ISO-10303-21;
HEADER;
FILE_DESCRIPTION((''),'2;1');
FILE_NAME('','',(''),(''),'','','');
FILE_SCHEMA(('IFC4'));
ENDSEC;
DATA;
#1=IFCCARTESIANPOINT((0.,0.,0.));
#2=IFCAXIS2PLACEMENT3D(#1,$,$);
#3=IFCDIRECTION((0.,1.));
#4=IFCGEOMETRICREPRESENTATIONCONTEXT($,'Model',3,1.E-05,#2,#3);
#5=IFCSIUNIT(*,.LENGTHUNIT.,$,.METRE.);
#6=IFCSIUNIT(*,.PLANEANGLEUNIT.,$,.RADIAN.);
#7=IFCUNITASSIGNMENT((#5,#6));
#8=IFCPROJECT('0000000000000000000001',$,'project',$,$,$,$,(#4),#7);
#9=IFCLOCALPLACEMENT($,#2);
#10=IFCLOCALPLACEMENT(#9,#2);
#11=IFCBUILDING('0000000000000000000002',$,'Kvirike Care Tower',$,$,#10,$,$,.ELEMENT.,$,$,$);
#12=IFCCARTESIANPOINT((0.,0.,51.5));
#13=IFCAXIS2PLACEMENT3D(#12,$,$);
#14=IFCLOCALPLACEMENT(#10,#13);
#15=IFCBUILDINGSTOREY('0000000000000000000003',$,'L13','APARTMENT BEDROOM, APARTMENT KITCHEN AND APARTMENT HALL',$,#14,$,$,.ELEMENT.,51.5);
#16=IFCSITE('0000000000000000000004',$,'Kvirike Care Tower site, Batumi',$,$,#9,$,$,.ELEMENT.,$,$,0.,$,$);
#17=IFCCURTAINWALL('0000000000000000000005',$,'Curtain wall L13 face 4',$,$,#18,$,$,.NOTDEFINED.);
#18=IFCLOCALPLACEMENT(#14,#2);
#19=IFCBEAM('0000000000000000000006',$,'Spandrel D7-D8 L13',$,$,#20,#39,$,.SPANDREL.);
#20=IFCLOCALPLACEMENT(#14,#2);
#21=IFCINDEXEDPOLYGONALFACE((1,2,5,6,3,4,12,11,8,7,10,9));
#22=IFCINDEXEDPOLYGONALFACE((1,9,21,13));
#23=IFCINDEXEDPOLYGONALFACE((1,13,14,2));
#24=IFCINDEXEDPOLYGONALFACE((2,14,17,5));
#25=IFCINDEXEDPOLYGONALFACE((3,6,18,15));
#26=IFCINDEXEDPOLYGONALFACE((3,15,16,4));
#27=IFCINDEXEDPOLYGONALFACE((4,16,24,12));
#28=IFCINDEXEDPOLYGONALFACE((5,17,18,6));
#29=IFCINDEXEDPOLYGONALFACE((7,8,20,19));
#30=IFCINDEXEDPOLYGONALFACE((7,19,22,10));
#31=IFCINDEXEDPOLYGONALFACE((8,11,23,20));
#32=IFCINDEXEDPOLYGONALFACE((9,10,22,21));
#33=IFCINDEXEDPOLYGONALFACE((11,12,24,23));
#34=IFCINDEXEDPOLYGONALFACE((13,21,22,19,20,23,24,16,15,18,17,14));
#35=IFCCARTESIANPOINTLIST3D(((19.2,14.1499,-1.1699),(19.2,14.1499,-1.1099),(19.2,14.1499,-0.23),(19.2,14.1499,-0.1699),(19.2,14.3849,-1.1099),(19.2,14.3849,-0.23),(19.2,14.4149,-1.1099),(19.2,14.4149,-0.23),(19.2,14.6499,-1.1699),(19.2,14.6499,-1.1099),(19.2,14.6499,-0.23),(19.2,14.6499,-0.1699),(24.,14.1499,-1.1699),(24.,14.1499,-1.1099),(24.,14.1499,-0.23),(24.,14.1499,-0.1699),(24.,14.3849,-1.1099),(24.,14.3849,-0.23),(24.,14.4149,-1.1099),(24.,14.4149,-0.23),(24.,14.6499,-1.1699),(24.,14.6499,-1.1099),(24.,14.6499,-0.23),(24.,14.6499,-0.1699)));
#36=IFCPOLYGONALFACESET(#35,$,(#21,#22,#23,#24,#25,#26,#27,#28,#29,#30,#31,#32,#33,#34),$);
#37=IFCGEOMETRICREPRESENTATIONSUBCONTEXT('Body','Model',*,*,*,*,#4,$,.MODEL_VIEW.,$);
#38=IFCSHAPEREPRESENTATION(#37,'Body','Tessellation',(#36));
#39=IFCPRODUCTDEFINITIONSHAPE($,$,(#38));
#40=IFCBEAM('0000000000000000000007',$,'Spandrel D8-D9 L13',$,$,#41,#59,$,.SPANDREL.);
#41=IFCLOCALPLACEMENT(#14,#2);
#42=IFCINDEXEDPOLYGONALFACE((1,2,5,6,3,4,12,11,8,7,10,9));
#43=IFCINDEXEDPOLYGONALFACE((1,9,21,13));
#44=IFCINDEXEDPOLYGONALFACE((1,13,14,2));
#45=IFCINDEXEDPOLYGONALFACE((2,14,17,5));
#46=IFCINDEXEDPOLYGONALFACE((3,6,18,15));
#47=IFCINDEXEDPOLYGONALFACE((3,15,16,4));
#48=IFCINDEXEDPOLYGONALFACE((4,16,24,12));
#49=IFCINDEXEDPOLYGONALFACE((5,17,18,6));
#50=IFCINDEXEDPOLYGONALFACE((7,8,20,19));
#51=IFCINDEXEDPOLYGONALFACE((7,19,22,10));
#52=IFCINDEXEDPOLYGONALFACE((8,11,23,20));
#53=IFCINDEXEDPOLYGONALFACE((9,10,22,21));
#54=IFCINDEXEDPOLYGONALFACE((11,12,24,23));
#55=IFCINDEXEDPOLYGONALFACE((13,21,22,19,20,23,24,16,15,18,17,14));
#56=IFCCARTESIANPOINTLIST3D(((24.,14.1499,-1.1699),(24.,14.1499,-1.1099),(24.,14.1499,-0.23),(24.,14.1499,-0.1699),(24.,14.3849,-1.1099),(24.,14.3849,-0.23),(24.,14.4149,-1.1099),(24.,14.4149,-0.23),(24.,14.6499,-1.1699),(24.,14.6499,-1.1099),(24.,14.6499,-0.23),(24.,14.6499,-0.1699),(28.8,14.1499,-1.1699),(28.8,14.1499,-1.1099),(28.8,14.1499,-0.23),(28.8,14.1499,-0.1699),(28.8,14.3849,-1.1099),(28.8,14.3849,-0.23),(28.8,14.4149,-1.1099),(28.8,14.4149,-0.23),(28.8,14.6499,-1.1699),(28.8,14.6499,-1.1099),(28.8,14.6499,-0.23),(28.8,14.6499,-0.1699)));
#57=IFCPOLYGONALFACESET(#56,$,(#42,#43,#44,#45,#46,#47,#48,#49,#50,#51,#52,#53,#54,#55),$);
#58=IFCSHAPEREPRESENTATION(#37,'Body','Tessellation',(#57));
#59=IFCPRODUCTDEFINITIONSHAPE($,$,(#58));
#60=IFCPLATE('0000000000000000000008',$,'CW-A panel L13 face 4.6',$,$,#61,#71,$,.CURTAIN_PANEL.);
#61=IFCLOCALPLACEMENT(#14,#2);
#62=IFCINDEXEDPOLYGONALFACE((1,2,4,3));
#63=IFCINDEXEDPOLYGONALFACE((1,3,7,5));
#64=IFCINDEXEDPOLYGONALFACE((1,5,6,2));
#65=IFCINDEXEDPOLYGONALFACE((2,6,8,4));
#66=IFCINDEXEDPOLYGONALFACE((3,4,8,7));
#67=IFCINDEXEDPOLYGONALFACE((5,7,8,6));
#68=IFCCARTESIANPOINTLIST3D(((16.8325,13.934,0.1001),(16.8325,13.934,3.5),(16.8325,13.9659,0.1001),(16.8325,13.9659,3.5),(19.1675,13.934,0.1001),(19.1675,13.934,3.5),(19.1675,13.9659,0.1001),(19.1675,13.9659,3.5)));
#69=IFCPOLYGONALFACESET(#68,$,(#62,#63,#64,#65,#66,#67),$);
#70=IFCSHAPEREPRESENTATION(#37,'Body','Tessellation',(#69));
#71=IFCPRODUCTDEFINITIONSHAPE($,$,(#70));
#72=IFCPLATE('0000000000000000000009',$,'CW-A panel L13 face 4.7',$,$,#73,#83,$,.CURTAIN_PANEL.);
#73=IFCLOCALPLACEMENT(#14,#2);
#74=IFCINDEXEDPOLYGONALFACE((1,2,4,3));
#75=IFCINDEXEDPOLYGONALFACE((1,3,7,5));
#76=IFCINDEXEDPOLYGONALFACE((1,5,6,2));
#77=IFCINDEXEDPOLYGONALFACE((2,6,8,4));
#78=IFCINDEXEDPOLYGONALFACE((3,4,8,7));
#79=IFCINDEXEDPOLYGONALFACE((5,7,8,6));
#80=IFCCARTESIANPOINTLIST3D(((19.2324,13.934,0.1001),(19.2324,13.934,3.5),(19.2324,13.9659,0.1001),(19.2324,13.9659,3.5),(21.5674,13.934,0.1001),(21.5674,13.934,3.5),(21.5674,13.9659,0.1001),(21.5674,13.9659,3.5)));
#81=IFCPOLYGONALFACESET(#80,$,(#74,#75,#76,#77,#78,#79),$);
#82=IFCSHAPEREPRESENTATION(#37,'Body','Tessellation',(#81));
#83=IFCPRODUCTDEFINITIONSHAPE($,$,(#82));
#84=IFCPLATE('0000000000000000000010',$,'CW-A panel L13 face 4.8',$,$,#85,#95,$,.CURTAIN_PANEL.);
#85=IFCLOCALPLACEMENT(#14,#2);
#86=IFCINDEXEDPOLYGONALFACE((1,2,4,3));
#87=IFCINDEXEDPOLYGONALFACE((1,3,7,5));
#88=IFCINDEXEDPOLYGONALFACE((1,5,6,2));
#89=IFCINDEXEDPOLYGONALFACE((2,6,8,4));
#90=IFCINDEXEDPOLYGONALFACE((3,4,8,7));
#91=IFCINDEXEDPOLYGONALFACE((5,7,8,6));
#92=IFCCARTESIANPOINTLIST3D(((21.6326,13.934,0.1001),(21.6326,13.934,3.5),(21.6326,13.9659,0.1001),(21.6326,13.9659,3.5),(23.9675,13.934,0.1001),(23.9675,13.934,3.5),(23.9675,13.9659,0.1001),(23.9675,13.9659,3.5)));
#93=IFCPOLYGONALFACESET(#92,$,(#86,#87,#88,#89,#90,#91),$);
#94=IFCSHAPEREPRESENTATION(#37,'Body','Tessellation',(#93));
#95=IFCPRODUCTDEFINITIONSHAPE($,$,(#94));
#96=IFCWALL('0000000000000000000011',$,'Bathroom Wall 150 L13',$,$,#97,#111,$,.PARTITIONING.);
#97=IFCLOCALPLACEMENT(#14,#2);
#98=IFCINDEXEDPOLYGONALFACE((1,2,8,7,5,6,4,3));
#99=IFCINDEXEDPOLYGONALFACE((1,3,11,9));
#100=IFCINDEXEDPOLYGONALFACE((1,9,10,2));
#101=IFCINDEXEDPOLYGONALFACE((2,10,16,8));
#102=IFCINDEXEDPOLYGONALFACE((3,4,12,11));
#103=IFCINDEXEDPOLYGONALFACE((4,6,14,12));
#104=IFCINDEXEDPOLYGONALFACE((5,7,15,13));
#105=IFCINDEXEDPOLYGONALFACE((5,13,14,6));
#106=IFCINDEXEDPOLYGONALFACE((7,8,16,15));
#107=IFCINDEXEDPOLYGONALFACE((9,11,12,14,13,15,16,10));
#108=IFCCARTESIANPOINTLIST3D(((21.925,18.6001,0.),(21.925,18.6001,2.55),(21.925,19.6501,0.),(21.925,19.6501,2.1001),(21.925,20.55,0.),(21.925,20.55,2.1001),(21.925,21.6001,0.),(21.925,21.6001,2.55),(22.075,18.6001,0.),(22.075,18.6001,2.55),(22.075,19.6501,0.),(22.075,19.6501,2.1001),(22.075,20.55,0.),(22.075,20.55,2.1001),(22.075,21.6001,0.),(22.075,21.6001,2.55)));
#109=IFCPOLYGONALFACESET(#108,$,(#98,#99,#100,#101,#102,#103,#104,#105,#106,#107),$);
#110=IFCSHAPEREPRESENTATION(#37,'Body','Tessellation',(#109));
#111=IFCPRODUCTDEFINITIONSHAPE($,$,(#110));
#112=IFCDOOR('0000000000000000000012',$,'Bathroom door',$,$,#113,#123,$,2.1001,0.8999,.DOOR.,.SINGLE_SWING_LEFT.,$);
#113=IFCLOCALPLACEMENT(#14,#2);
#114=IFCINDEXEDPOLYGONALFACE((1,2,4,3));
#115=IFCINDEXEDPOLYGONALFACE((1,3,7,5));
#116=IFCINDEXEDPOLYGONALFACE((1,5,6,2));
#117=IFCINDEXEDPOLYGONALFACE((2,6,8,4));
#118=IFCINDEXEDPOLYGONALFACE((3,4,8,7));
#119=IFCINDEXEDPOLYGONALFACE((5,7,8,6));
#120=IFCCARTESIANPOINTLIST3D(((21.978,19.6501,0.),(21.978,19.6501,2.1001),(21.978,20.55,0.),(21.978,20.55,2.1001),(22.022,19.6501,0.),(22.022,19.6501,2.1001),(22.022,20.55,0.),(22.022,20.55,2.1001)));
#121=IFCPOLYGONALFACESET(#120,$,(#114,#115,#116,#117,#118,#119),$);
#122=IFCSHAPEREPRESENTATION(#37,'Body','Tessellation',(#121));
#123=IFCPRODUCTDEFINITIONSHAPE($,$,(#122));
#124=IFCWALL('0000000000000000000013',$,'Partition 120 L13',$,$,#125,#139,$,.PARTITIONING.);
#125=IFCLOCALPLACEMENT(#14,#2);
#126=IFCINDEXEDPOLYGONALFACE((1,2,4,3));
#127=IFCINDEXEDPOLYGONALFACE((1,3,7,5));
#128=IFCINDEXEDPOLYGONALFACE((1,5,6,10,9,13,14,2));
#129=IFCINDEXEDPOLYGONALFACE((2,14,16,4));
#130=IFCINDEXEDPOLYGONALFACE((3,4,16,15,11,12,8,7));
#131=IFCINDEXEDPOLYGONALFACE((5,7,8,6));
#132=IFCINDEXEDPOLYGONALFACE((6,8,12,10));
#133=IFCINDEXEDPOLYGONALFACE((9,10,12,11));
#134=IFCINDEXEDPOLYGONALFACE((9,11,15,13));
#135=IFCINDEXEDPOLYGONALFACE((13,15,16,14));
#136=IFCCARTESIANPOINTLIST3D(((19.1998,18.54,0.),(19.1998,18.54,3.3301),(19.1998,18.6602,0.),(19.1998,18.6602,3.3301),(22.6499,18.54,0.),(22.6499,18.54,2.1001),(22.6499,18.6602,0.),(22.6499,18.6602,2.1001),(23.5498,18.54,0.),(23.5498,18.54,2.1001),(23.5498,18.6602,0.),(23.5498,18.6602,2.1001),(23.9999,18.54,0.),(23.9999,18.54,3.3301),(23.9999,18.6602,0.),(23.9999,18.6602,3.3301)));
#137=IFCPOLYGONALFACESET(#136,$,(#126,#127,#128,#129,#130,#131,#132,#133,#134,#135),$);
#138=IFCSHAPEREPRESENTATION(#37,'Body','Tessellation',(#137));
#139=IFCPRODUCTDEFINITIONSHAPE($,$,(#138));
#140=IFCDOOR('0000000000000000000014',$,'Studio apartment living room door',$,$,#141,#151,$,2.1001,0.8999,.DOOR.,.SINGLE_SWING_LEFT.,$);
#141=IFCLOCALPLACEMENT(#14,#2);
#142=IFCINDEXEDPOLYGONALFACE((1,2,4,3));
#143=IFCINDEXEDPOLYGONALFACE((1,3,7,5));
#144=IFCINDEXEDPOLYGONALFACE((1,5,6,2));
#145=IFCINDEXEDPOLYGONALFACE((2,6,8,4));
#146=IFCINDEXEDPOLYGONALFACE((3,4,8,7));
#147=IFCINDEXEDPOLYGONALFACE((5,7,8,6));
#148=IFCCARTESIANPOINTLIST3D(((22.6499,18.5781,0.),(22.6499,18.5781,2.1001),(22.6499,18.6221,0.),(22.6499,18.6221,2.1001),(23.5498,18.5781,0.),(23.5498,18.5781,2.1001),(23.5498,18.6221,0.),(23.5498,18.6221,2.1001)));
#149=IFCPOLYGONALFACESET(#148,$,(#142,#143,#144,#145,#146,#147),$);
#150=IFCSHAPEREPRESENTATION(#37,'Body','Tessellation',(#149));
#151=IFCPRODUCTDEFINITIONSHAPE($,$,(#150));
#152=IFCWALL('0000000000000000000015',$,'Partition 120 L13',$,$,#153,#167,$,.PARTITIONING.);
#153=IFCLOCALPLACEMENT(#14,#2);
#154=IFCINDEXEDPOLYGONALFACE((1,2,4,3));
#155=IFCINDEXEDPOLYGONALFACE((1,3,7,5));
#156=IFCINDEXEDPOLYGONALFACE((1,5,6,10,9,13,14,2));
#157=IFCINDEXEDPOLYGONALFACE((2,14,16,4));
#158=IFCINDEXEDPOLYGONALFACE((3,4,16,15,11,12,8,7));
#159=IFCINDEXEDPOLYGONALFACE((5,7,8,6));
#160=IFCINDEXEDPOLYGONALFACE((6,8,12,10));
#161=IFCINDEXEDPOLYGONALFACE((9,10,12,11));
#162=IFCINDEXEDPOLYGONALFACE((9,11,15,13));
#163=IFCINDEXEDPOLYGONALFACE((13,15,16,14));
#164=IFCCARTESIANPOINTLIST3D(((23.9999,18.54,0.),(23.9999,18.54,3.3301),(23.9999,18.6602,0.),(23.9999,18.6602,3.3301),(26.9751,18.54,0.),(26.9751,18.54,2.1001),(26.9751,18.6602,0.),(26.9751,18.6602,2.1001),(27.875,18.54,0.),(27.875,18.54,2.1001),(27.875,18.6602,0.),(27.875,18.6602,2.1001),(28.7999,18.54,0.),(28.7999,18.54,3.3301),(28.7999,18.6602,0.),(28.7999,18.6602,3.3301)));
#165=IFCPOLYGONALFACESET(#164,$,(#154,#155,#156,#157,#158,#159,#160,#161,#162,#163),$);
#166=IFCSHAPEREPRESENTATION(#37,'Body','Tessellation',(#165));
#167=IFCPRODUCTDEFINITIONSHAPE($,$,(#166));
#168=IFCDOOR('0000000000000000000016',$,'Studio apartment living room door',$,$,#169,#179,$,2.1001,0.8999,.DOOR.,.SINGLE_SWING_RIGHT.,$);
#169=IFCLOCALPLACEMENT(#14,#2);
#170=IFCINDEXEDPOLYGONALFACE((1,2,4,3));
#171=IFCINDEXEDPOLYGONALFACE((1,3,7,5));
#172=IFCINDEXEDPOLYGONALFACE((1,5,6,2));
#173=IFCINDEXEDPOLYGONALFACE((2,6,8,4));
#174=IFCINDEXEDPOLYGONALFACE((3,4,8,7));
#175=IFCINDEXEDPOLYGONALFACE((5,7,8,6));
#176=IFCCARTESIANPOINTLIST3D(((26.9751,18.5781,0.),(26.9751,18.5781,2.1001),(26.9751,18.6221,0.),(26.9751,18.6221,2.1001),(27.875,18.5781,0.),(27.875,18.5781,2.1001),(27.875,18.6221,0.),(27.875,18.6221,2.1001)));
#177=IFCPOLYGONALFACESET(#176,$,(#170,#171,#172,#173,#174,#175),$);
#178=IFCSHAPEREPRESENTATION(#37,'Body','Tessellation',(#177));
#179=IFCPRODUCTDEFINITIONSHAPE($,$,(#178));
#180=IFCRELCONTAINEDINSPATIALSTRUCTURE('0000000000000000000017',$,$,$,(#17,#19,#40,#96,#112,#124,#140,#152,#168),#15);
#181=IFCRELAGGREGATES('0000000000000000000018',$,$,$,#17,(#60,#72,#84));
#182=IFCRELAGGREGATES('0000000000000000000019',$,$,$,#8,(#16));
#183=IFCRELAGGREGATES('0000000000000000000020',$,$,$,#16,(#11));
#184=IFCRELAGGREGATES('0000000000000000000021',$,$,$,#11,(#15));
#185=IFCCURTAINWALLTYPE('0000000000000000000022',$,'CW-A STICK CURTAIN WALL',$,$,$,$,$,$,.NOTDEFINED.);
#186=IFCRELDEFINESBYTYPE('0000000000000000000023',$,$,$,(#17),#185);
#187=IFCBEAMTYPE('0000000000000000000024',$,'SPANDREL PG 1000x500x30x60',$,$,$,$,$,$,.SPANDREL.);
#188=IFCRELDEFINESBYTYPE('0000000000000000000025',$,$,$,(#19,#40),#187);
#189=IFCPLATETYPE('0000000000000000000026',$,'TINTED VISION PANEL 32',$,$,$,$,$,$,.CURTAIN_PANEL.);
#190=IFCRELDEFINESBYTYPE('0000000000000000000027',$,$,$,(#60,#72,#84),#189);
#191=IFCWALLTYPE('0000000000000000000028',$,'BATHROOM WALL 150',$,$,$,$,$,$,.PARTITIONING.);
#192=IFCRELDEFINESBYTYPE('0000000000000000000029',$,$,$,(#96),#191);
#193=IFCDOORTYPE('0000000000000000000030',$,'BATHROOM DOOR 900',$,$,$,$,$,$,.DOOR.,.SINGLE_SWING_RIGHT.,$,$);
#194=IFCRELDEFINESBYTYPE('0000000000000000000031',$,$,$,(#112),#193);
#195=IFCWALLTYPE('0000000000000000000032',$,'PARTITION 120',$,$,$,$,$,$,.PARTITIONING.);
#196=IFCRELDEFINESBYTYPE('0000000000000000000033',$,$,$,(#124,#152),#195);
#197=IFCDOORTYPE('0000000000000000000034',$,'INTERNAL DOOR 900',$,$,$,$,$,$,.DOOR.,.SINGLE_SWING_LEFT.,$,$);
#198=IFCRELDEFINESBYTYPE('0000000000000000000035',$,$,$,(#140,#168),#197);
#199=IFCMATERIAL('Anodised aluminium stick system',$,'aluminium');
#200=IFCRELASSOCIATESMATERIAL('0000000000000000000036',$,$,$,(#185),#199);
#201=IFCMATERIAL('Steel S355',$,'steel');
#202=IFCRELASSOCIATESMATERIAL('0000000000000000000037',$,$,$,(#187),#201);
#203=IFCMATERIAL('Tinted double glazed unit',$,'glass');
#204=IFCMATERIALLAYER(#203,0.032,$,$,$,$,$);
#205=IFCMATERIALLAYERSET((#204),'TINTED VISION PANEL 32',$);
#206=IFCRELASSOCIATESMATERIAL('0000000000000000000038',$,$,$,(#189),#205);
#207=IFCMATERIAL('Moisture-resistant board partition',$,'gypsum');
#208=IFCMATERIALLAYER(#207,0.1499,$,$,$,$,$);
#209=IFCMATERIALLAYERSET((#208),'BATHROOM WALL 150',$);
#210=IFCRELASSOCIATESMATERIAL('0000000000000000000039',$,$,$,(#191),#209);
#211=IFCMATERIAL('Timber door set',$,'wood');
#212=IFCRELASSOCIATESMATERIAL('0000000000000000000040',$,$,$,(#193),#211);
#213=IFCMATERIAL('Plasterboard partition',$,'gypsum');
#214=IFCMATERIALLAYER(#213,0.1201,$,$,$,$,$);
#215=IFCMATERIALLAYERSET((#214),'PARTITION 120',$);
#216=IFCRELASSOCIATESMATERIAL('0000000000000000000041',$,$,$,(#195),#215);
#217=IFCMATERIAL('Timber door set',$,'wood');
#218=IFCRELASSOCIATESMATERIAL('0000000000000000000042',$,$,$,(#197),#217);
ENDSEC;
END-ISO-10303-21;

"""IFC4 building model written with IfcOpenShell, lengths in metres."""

from ifc_helpers import new_model, si_unit, direction, frame, frame_2d, origin, origin_2d, place, context, subcontext, project, spatial, rectangle, i_section, extrude, material, layer, layer_set, material_profile, profile_set, type_object, element, fill, aggregate, save


model = new_model("IFC4")

# Units and contexts
model_context = context("Model", 3, precision=1e-05, world=origin(), true_north=direction((0.0, 1.0)))
body_context = subcontext(model_context, "Body", "Model", "MODEL_VIEW")
ifc_project = project(units=[si_unit("LENGTHUNIT", "METRE"), si_unit("PLANEANGLEUNIT", "RADIAN")], contexts=[model_context])

# Site, building, storey
site_placement = place(None, origin())
site = spatial("IfcSite", under=ifc_project, at=site_placement, Name="Kvirike Care Tower site, Batumi", CompositionType="ELEMENT", RefElevation=0.0)
building_placement = place(site_placement, origin())
building = spatial("IfcBuilding", under=site, at=building_placement, Name="Kvirike Care Tower", CompositionType="ELEMENT")
storey_placement = place(building_placement, frame((0.0, 0.0, 51.5)))
storey = spatial("IfcBuildingStorey", under=building, at=storey_placement, Name="L13", Description="APARTMENT BEDROOM, APARTMENT KITCHEN AND APARTMENT HALL", CompositionType="ELEMENT", Elevation=51.5)

# Curtain wall
ifc_material_1 = material(Name="Anodised aluminium stick system", Category="aluminium")
curtain_wall_type = type_object("IfcCurtainWallType", Name="CW-A STICK CURTAIN WALL", PredefinedType="NOTDEFINED", material=ifc_material_1)
curtain_wall_placement = place(storey_placement, origin())
curtain_wall = element("IfcCurtainWall", 1, at=curtain_wall_placement, inside=storey, type_object=curtain_wall_type, Name="Curtain wall L13 face 4", PredefinedType="NOTDEFINED")

# Beams
ifc_material_2 = material(Name="Steel S355", Category="steel")
ifc_material_profile_1 = material_profile(ifc_material_2, i_section(OverallWidth=0.5, OverallDepth=1.0, WebThickness=0.03, FlangeThickness=0.0601, at=origin_2d()), Name="PG 1000x500x30x60")
ifc_profile_set_1 = profile_set([ifc_material_profile_1], Name="Steel S355")
beam_type_1 = type_object("IfcBeamType", Name="SPANDREL PG 1000x500x30x60", PredefinedType="SPANDREL", material=ifc_profile_set_1)
for number, where, z_axis, x_axis, name in (
    (2, (19.2, 14.3999, -0.6699), (1.0, 0.0, 0.0), (0.0, 1.0, 0.0), "Spandrel D7-D8 L13"),
    (3, (24.0, 14.3999, -0.6699), (1.0, 0.0, 0.0), (0.0, 1.0, 0.0), "Spandrel D8-D9 L13"),
):
    element("IfcBeam", number, at=place(storey_placement, frame(where, z_axis=z_axis, x_axis=x_axis)), inside=storey, type_object=beam_type_1, Name=name, PredefinedType="SPANDREL", context=body_context, shape_type="SweptSolid", body=[
        extrude(i_section(OverallWidth=0.5, OverallDepth=1.0, WebThickness=0.03, FlangeThickness=0.0601, at=origin_2d()), origin(), (0.0, 0.0, 1.0), 4.8),
    ])

# Plates
ifc_material_3 = material(Name="Tinted double glazed unit", Category="glass")
ifc_layer_1 = layer(ifc_material_3, 0.032)
ifc_layer_set_1 = layer_set([ifc_layer_1], Name="TINTED VISION PANEL 32")
plate_type = type_object("IfcPlateType", Name="TINTED VISION PANEL 32", PredefinedType="CURTAIN_PANEL", material=ifc_layer_set_1)
plate_1_placement = place(storey_placement, frame((18.0, 13.95, 0.1001), z_axis=(0.0, 0.0, 1.0), x_axis=(1.0, 0.0, 0.0)))
plate_1 = element("IfcPlate", 4, at=plate_1_placement, type_object=plate_type, Name="CW-A panel L13 face 4.6", PredefinedType="CURTAIN_PANEL", context=body_context, shape_type="SweptSolid", body=[
    extrude(rectangle(XDim=2.335, YDim=0.032, at=origin_2d()), origin(), (0.0, 0.0, 1.0), 3.3999),
])
plate_2_placement = place(storey_placement, frame((20.3999, 13.95, 0.1001), z_axis=(0.0, 0.0, 1.0), x_axis=(1.0, 0.0, 0.0)))
plate_2 = element("IfcPlate", 5, at=plate_2_placement, type_object=plate_type, Name="CW-A panel L13 face 4.7", PredefinedType="CURTAIN_PANEL", context=body_context, shape_type="SweptSolid", body=[
    extrude(rectangle(XDim=2.335, YDim=0.032, at=origin_2d()), origin(), (0.0, 0.0, 1.0), 3.3999),
])
plate_3_placement = place(storey_placement, frame((22.8, 13.95, 0.1001), z_axis=(0.0, 0.0, 1.0), x_axis=(1.0, 0.0, 0.0)))
plate_3 = element("IfcPlate", 6, at=plate_3_placement, type_object=plate_type, Name="CW-A panel L13 face 4.8", PredefinedType="CURTAIN_PANEL", context=body_context, shape_type="SweptSolid", body=[
    extrude(rectangle(XDim=2.335, YDim=0.032, at=origin_2d()), origin(), (0.0, 0.0, 1.0), 3.3999),
])
aggregate(curtain_wall, [plate_1, plate_2, plate_3])

# Walls, openings, doors
ifc_material_4 = material(Name="Moisture-resistant board partition", Category="gypsum")
ifc_layer_2 = layer(ifc_material_4, 0.1499)
ifc_layer_set_2 = layer_set([ifc_layer_2], Name="BATHROOM WALL 150")
wall_type_1 = type_object("IfcWallType", Name="BATHROOM WALL 150", PredefinedType="PARTITIONING", material=ifc_layer_set_2)
wall_1_placement = place(storey_placement, frame((22.0, 18.6001, 0.0), z_axis=(0.0, 0.0, 1.0), x_axis=(0.0, 1.0, 0.0)))
wall_1 = element("IfcWall", 7, at=wall_1_placement, inside=storey, type_object=wall_type_1, Name="Bathroom Wall 150 L13", PredefinedType="PARTITIONING", context=body_context, shape_type="SweptSolid", body=[
    extrude(rectangle(XDim=3.0, YDim=0.1499, at=frame_2d((1.5, 0.0))), origin(), (0.0, 0.0, 1.0), 2.55),
])
opening_1_placement = place(wall_1_placement, frame((1.05, 0.0, 0.0)))
opening_1 = element("IfcOpeningElement", 8, at=opening_1_placement, cuts=wall_1, PredefinedType="OPENING", context=body_context, shape_type="SweptSolid", body=[
    extrude(rectangle(XDim=0.8999, YDim=2.1001, at=frame_2d((0.45, 1.05))), frame((0.0, 0.0854, 0.0), z_axis=(0.0, -1.0, 0.0), x_axis=(1.0, 0.0, 0.0)), (0.0, 0.0, 1.0), 0.1709),
])
ifc_material_5 = material(Name="Timber door set", Category="wood")
door_type_1 = type_object("IfcDoorType", Name="BATHROOM DOOR 900", OperationType="SINGLE_SWING_RIGHT", PredefinedType="DOOR", material=ifc_material_5)
door_1_placement = place(opening_1_placement, origin())
door_1 = element("IfcDoor", 9, at=door_1_placement, inside=storey, type_object=door_type_1, Name="Bathroom door", OperationType="SINGLE_SWING_LEFT", OverallHeight=2.1001, OverallWidth=0.8999, PredefinedType="DOOR", context=body_context, shape_type="SweptSolid", body=[
    extrude(rectangle(XDim=0.8999, YDim=2.1001, at=frame_2d((0.45, 1.05))), frame((0.0, 0.022, 0.0), z_axis=(0.0, -1.0, 0.0), x_axis=(1.0, 0.0, 0.0)), (0.0, 0.0, 1.0), 0.0439),
])
fill(opening_1, door_1)
ifc_material_6 = material(Name="Plasterboard partition", Category="gypsum")
ifc_layer_3 = layer(ifc_material_6, 0.1201)
ifc_layer_set_3 = layer_set([ifc_layer_3], Name="PARTITION 120")
wall_type_2 = type_object("IfcWallType", Name="PARTITION 120", PredefinedType="PARTITIONING", material=ifc_layer_set_3)
wall_2_placement = place(storey_placement, frame((19.2, 18.6001, 0.0), z_axis=(0.0, 0.0, 1.0), x_axis=(1.0, 0.0, 0.0)))
wall_2 = element("IfcWall", 10, at=wall_2_placement, inside=storey, type_object=wall_type_2, Name="Partition 120 L13", PredefinedType="PARTITIONING", context=body_context, shape_type="SweptSolid", body=[
    extrude(rectangle(XDim=4.8, YDim=0.1201, at=frame_2d((2.3999, 0.0))), origin(), (0.0, 0.0, 1.0), 3.3301),
])
opening_2_placement = place(wall_2_placement, frame((3.45, 0.0, 0.0)))
opening_2 = element("IfcOpeningElement", 11, at=opening_2_placement, cuts=wall_2, PredefinedType="OPENING", context=body_context, shape_type="SweptSolid", body=[
    extrude(rectangle(XDim=0.8999, YDim=2.1001, at=frame_2d((0.45, 1.05))), frame((0.0, 0.0706, 0.0), z_axis=(0.0, -1.0, 0.0), x_axis=(1.0, 0.0, 0.0)), (0.0, 0.0, 1.0), 0.1411),
])
ifc_material_7 = material(Name="Timber door set", Category="wood")
door_type_2 = type_object("IfcDoorType", Name="INTERNAL DOOR 900", OperationType="SINGLE_SWING_LEFT", PredefinedType="DOOR", material=ifc_material_7)
door_2_placement = place(opening_2_placement, frame((0.8999, 0.0, 0.0), z_axis=(0.0, 0.0, 1.0), x_axis=(-1.0, 0.0, 0.0)))
door_2 = element("IfcDoor", 12, at=door_2_placement, inside=storey, type_object=door_type_2, Name="Studio apartment living room door", OperationType="SINGLE_SWING_LEFT", OverallHeight=2.1001, OverallWidth=0.8999, PredefinedType="DOOR", context=body_context, shape_type="SweptSolid", body=[
    extrude(rectangle(XDim=0.8999, YDim=2.1001, at=frame_2d((0.45, 1.05))), frame((0.0, 0.022, 0.0), z_axis=(0.0, -1.0, 0.0), x_axis=(1.0, 0.0, 0.0)), (0.0, 0.0, 1.0), 0.0439),
])
fill(opening_2, door_2)
wall_3_placement = place(storey_placement, frame((24.0, 18.6001, 0.0), z_axis=(0.0, 0.0, 1.0), x_axis=(1.0, 0.0, 0.0)))
wall_3 = element("IfcWall", 13, at=wall_3_placement, inside=storey, type_object=wall_type_2, Name="Partition 120 L13", PredefinedType="PARTITIONING", context=body_context, shape_type="SweptSolid", body=[
    extrude(rectangle(XDim=4.8, YDim=0.1201, at=frame_2d((2.3999, 0.0))), origin(), (0.0, 0.0, 1.0), 3.3301),
])
opening_3_placement = place(wall_3_placement, frame((2.9751, 0.0, 0.0)))
opening_3 = element("IfcOpeningElement", 14, at=opening_3_placement, cuts=wall_3, PredefinedType="OPENING", context=body_context, shape_type="SweptSolid", body=[
    extrude(rectangle(XDim=0.8999, YDim=2.1001, at=frame_2d((0.45, 1.05))), frame((0.0, 0.0706, 0.0), z_axis=(0.0, -1.0, 0.0), x_axis=(1.0, 0.0, 0.0)), (0.0, 0.0, 1.0), 0.1411),
])
door_3_placement = place(opening_3_placement, frame((0.8999, 0.0, 0.0), z_axis=(0.0, 0.0, 1.0), x_axis=(-1.0, 0.0, 0.0)))
door_3 = element("IfcDoor", 15, at=door_3_placement, inside=storey, type_object=door_type_2, Name="Studio apartment living room door", OperationType="SINGLE_SWING_RIGHT", OverallHeight=2.1001, OverallWidth=0.8999, PredefinedType="DOOR", context=body_context, shape_type="SweptSolid", body=[
    extrude(rectangle(XDim=0.8999, YDim=2.1001, at=frame_2d((0.45, 1.05))), frame((0.0, 0.022, 0.0), z_axis=(0.0, -1.0, 0.0), x_axis=(1.0, 0.0, 0.0)), (0.0, 0.0, 1.0), 0.0439),
])
fill(opening_3, door_3)

save(model, "model.ifc")
